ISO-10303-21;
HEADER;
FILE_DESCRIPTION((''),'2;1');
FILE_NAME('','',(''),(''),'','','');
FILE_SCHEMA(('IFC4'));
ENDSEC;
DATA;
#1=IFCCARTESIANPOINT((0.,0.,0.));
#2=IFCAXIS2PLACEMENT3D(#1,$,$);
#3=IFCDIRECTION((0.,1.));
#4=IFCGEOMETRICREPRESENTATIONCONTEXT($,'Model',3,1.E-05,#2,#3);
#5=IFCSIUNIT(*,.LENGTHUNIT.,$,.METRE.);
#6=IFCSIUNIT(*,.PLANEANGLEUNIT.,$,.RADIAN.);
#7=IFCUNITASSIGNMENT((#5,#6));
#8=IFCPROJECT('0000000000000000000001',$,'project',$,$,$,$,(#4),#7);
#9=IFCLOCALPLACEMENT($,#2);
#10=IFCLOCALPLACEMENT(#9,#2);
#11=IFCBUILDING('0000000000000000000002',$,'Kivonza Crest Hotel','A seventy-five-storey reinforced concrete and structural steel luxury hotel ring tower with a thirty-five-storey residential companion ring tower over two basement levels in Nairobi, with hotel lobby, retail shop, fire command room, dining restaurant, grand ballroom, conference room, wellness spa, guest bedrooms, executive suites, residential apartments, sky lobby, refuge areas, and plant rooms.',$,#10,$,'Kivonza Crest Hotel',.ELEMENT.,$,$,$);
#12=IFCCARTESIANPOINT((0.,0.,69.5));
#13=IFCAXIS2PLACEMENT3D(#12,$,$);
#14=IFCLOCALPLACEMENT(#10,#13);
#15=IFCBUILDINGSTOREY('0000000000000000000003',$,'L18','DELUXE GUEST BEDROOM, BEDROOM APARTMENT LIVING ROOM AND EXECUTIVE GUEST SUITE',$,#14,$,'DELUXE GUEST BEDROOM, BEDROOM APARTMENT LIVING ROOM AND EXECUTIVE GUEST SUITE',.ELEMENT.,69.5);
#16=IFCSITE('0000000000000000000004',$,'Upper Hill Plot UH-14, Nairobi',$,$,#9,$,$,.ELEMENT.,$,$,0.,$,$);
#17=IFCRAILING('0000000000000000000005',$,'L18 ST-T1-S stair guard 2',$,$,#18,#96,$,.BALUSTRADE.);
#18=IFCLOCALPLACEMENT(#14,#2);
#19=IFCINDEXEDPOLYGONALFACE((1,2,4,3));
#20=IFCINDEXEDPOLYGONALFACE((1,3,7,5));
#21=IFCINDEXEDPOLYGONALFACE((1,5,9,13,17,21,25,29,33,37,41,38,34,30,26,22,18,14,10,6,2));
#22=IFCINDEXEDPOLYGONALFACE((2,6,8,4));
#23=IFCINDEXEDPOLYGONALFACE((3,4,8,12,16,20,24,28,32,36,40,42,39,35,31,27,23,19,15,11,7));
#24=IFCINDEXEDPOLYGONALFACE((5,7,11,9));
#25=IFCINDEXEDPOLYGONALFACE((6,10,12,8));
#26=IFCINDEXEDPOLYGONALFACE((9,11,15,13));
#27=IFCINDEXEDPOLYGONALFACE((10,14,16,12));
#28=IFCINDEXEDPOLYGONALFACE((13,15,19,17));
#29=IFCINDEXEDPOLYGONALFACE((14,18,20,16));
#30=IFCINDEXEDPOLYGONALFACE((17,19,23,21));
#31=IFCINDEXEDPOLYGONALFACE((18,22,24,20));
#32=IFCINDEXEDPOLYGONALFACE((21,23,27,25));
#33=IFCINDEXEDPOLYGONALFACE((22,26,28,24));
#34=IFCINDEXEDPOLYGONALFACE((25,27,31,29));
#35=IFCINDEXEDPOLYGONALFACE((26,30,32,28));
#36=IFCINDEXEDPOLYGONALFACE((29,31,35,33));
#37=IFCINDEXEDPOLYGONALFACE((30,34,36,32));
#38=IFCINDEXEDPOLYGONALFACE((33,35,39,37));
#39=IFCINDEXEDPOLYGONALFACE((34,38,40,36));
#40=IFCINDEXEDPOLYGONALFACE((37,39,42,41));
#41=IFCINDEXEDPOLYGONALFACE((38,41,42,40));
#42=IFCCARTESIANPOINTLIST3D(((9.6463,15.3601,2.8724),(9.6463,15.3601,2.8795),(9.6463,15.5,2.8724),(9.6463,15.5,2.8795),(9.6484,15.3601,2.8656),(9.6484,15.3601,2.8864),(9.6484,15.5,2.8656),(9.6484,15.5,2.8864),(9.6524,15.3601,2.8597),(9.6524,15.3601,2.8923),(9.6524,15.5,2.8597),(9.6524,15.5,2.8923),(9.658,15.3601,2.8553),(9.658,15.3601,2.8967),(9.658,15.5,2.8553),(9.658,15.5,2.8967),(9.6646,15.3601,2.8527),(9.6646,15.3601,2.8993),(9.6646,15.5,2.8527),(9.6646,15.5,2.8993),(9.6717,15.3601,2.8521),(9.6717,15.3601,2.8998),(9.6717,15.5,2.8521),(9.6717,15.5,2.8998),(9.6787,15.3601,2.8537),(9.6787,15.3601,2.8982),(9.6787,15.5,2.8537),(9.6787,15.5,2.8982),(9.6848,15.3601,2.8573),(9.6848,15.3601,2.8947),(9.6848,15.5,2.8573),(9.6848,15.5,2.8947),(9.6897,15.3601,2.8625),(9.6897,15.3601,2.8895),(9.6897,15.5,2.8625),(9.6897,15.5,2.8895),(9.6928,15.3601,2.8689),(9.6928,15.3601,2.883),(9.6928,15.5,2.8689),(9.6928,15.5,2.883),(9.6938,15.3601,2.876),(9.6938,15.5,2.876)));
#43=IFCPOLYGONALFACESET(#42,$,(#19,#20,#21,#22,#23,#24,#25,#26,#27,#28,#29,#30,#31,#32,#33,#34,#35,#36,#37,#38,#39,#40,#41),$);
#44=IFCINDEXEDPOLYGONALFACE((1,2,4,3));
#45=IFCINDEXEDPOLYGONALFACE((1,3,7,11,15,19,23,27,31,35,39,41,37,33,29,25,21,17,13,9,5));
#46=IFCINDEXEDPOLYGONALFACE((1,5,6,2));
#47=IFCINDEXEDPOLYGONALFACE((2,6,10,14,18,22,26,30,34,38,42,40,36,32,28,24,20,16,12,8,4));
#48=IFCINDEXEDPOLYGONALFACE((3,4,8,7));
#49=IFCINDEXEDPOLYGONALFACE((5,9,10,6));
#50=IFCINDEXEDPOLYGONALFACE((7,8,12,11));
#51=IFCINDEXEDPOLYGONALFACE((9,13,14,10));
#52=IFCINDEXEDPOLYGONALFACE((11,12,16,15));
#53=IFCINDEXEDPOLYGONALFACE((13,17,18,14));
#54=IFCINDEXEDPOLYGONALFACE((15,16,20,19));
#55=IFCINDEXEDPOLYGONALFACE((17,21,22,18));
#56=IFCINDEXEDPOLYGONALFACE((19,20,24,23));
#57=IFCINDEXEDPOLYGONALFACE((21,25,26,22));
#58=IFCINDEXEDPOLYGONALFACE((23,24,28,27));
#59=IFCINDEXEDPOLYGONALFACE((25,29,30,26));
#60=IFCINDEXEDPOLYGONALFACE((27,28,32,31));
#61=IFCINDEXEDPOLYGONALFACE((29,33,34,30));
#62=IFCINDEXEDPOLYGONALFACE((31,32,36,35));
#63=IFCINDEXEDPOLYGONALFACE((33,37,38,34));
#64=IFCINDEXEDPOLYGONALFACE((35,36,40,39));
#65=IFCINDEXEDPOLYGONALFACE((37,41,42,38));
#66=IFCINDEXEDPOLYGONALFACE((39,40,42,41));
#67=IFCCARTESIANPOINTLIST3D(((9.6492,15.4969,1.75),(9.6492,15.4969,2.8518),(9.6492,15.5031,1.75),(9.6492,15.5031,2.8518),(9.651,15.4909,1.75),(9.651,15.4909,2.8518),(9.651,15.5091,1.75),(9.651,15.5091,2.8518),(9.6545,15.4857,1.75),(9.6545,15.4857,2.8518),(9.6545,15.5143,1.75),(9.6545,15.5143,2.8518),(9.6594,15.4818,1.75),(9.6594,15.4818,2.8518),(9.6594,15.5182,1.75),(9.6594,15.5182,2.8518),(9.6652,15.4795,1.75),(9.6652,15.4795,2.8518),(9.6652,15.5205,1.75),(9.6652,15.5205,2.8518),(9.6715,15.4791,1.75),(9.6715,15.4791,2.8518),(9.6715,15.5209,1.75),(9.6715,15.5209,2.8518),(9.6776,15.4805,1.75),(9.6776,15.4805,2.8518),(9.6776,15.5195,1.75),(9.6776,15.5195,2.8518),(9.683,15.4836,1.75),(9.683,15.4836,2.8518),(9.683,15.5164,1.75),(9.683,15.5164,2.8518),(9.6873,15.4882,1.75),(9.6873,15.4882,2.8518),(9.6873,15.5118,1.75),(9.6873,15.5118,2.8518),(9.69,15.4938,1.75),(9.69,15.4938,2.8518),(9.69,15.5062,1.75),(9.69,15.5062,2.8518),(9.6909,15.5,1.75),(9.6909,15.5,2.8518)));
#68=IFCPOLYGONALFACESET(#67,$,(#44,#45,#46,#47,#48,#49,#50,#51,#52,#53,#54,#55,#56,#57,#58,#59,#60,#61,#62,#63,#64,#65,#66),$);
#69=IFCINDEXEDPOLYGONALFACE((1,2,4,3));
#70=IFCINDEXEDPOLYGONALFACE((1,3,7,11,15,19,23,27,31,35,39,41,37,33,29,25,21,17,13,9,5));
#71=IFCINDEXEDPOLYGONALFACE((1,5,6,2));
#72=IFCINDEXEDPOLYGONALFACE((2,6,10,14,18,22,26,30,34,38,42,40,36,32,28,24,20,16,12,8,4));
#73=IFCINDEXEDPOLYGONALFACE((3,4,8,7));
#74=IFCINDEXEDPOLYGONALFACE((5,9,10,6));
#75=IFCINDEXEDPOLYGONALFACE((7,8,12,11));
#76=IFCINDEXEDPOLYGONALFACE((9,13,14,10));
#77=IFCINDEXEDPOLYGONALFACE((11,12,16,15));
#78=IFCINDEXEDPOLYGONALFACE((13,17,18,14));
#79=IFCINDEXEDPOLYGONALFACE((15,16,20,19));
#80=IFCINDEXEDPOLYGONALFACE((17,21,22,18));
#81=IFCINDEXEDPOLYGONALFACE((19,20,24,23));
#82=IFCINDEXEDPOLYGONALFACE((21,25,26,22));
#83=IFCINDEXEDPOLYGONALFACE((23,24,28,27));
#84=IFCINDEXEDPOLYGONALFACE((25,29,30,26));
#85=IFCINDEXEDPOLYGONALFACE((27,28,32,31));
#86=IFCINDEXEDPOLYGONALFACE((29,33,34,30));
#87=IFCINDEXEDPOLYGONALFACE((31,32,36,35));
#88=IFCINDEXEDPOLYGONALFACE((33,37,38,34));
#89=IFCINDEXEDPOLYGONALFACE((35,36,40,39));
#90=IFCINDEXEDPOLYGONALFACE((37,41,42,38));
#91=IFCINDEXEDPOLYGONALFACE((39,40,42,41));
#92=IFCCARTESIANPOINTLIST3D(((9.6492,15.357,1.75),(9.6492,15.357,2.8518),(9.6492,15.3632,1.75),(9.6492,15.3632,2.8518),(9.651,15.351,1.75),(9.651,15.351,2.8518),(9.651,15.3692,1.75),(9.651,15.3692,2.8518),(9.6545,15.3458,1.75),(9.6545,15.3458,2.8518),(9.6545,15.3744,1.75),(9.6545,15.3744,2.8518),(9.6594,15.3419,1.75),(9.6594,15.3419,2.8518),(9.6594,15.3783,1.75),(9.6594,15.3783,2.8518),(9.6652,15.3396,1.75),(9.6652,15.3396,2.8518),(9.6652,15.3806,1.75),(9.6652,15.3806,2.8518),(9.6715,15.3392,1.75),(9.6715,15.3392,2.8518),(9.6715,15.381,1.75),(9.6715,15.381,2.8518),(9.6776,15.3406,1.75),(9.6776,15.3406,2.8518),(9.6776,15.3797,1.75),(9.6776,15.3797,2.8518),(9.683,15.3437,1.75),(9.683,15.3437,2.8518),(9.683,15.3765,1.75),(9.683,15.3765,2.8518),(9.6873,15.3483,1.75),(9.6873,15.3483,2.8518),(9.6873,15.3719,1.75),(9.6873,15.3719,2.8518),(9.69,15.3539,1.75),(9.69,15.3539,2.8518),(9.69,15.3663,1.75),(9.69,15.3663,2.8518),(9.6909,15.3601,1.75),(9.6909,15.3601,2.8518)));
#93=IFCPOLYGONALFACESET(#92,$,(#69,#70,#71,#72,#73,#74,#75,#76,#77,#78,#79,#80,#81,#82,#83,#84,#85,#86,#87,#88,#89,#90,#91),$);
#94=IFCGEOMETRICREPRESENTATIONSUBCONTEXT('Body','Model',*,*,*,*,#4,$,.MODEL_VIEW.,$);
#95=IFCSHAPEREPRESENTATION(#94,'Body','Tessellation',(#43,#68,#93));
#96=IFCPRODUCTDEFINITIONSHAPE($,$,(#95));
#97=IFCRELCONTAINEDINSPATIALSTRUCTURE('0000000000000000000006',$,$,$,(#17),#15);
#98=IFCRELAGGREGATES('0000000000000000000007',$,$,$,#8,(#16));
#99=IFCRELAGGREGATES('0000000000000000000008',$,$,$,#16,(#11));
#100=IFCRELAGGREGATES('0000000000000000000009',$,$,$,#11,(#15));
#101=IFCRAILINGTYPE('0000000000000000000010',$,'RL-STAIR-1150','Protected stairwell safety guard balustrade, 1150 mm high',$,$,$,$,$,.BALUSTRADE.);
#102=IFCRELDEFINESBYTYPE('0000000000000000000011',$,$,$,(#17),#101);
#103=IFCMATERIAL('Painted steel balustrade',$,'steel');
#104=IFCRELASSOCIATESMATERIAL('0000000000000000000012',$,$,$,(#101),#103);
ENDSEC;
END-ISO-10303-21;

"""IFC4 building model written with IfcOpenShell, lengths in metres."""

from ifc_helpers import new_model, si_unit, direction, frame, origin, origin_2d, place, context, subcontext, project, spatial, circle, extrude, material, type_object, element, save


model = new_model("IFC4")

# Units and contexts
model_context = context("Model", 3, precision=1e-05, world=origin(), true_north=direction((0.0, 1.0)))
body_context = subcontext(model_context, "Body", "Model", "MODEL_VIEW")
ifc_project = project(units=[si_unit("LENGTHUNIT", "METRE"), si_unit("PLANEANGLEUNIT", "RADIAN")], contexts=[model_context])

# Site, building, storey
site_placement = place(None, origin())
site = spatial("IfcSite", under=ifc_project, at=site_placement, Name="Upper Hill Plot UH-14, Nairobi", CompositionType="ELEMENT", RefElevation=0.0)
building_placement = place(site_placement, origin())
building = spatial("IfcBuilding", under=site, at=building_placement, Name="Kivonza Crest Hotel", Description="A seventy-five-storey reinforced concrete and structural steel luxury hotel ring tower with a thirty-five-storey residential companion ring tower over two basement levels in Nairobi, with hotel lobby, retail shop, fire command room, dining restaurant, grand ballroom, conference room, wellness spa, guest bedrooms, executive suites, residential apartments, sky lobby, refuge areas, and plant rooms.", LongName="Kivonza Crest Hotel", CompositionType="ELEMENT")
storey_placement = place(building_placement, frame((0.0, 0.0, 69.5)))
storey = spatial("IfcBuildingStorey", under=building, at=storey_placement, Name="L18", Description="DELUXE GUEST BEDROOM, BEDROOM APARTMENT LIVING ROOM AND EXECUTIVE GUEST SUITE", LongName="DELUXE GUEST BEDROOM, BEDROOM APARTMENT LIVING ROOM AND EXECUTIVE GUEST SUITE", CompositionType="ELEMENT", Elevation=69.5)

# Railing
ifc_material_1 = material(Name="Painted steel balustrade", Category="steel")
railing_type_1 = type_object("IfcRailingType", Name="RL-STAIR-1150", Description="Protected stairwell safety guard balustrade, 1150 mm high", PredefinedType="BALUSTRADE", material=ifc_material_1)
railing_1_placement = place(storey_placement, frame((9.6699, 15.5, 1.75)))
element("IfcRailing", 1, at=railing_1_placement, inside=storey, type_object=railing_type_1, Name="L18 ST-T1-S stair guard 2", PredefinedType="BALUSTRADE", context=body_context, shape_type="SweptSolid", body=[
    extrude(circle(Radius=0.0239, at=origin_2d()), frame((0.0, 0.0, 1.126), z_axis=(0.0, -1.0, 0.0), x_axis=(1.0, 0.0, 0.0)), (0.0, 0.0, 1.0), 0.1399),
    extrude(circle(Radius=0.021, at=origin_2d()), origin(), (0.0, 0.0, 1.0), 1.1018),
    extrude(circle(Radius=0.021, at=origin_2d()), frame((0.0, -0.1399, 0.0)), (0.0, 0.0, 1.0), 1.1018),
])

save(model, "model.ifc")
